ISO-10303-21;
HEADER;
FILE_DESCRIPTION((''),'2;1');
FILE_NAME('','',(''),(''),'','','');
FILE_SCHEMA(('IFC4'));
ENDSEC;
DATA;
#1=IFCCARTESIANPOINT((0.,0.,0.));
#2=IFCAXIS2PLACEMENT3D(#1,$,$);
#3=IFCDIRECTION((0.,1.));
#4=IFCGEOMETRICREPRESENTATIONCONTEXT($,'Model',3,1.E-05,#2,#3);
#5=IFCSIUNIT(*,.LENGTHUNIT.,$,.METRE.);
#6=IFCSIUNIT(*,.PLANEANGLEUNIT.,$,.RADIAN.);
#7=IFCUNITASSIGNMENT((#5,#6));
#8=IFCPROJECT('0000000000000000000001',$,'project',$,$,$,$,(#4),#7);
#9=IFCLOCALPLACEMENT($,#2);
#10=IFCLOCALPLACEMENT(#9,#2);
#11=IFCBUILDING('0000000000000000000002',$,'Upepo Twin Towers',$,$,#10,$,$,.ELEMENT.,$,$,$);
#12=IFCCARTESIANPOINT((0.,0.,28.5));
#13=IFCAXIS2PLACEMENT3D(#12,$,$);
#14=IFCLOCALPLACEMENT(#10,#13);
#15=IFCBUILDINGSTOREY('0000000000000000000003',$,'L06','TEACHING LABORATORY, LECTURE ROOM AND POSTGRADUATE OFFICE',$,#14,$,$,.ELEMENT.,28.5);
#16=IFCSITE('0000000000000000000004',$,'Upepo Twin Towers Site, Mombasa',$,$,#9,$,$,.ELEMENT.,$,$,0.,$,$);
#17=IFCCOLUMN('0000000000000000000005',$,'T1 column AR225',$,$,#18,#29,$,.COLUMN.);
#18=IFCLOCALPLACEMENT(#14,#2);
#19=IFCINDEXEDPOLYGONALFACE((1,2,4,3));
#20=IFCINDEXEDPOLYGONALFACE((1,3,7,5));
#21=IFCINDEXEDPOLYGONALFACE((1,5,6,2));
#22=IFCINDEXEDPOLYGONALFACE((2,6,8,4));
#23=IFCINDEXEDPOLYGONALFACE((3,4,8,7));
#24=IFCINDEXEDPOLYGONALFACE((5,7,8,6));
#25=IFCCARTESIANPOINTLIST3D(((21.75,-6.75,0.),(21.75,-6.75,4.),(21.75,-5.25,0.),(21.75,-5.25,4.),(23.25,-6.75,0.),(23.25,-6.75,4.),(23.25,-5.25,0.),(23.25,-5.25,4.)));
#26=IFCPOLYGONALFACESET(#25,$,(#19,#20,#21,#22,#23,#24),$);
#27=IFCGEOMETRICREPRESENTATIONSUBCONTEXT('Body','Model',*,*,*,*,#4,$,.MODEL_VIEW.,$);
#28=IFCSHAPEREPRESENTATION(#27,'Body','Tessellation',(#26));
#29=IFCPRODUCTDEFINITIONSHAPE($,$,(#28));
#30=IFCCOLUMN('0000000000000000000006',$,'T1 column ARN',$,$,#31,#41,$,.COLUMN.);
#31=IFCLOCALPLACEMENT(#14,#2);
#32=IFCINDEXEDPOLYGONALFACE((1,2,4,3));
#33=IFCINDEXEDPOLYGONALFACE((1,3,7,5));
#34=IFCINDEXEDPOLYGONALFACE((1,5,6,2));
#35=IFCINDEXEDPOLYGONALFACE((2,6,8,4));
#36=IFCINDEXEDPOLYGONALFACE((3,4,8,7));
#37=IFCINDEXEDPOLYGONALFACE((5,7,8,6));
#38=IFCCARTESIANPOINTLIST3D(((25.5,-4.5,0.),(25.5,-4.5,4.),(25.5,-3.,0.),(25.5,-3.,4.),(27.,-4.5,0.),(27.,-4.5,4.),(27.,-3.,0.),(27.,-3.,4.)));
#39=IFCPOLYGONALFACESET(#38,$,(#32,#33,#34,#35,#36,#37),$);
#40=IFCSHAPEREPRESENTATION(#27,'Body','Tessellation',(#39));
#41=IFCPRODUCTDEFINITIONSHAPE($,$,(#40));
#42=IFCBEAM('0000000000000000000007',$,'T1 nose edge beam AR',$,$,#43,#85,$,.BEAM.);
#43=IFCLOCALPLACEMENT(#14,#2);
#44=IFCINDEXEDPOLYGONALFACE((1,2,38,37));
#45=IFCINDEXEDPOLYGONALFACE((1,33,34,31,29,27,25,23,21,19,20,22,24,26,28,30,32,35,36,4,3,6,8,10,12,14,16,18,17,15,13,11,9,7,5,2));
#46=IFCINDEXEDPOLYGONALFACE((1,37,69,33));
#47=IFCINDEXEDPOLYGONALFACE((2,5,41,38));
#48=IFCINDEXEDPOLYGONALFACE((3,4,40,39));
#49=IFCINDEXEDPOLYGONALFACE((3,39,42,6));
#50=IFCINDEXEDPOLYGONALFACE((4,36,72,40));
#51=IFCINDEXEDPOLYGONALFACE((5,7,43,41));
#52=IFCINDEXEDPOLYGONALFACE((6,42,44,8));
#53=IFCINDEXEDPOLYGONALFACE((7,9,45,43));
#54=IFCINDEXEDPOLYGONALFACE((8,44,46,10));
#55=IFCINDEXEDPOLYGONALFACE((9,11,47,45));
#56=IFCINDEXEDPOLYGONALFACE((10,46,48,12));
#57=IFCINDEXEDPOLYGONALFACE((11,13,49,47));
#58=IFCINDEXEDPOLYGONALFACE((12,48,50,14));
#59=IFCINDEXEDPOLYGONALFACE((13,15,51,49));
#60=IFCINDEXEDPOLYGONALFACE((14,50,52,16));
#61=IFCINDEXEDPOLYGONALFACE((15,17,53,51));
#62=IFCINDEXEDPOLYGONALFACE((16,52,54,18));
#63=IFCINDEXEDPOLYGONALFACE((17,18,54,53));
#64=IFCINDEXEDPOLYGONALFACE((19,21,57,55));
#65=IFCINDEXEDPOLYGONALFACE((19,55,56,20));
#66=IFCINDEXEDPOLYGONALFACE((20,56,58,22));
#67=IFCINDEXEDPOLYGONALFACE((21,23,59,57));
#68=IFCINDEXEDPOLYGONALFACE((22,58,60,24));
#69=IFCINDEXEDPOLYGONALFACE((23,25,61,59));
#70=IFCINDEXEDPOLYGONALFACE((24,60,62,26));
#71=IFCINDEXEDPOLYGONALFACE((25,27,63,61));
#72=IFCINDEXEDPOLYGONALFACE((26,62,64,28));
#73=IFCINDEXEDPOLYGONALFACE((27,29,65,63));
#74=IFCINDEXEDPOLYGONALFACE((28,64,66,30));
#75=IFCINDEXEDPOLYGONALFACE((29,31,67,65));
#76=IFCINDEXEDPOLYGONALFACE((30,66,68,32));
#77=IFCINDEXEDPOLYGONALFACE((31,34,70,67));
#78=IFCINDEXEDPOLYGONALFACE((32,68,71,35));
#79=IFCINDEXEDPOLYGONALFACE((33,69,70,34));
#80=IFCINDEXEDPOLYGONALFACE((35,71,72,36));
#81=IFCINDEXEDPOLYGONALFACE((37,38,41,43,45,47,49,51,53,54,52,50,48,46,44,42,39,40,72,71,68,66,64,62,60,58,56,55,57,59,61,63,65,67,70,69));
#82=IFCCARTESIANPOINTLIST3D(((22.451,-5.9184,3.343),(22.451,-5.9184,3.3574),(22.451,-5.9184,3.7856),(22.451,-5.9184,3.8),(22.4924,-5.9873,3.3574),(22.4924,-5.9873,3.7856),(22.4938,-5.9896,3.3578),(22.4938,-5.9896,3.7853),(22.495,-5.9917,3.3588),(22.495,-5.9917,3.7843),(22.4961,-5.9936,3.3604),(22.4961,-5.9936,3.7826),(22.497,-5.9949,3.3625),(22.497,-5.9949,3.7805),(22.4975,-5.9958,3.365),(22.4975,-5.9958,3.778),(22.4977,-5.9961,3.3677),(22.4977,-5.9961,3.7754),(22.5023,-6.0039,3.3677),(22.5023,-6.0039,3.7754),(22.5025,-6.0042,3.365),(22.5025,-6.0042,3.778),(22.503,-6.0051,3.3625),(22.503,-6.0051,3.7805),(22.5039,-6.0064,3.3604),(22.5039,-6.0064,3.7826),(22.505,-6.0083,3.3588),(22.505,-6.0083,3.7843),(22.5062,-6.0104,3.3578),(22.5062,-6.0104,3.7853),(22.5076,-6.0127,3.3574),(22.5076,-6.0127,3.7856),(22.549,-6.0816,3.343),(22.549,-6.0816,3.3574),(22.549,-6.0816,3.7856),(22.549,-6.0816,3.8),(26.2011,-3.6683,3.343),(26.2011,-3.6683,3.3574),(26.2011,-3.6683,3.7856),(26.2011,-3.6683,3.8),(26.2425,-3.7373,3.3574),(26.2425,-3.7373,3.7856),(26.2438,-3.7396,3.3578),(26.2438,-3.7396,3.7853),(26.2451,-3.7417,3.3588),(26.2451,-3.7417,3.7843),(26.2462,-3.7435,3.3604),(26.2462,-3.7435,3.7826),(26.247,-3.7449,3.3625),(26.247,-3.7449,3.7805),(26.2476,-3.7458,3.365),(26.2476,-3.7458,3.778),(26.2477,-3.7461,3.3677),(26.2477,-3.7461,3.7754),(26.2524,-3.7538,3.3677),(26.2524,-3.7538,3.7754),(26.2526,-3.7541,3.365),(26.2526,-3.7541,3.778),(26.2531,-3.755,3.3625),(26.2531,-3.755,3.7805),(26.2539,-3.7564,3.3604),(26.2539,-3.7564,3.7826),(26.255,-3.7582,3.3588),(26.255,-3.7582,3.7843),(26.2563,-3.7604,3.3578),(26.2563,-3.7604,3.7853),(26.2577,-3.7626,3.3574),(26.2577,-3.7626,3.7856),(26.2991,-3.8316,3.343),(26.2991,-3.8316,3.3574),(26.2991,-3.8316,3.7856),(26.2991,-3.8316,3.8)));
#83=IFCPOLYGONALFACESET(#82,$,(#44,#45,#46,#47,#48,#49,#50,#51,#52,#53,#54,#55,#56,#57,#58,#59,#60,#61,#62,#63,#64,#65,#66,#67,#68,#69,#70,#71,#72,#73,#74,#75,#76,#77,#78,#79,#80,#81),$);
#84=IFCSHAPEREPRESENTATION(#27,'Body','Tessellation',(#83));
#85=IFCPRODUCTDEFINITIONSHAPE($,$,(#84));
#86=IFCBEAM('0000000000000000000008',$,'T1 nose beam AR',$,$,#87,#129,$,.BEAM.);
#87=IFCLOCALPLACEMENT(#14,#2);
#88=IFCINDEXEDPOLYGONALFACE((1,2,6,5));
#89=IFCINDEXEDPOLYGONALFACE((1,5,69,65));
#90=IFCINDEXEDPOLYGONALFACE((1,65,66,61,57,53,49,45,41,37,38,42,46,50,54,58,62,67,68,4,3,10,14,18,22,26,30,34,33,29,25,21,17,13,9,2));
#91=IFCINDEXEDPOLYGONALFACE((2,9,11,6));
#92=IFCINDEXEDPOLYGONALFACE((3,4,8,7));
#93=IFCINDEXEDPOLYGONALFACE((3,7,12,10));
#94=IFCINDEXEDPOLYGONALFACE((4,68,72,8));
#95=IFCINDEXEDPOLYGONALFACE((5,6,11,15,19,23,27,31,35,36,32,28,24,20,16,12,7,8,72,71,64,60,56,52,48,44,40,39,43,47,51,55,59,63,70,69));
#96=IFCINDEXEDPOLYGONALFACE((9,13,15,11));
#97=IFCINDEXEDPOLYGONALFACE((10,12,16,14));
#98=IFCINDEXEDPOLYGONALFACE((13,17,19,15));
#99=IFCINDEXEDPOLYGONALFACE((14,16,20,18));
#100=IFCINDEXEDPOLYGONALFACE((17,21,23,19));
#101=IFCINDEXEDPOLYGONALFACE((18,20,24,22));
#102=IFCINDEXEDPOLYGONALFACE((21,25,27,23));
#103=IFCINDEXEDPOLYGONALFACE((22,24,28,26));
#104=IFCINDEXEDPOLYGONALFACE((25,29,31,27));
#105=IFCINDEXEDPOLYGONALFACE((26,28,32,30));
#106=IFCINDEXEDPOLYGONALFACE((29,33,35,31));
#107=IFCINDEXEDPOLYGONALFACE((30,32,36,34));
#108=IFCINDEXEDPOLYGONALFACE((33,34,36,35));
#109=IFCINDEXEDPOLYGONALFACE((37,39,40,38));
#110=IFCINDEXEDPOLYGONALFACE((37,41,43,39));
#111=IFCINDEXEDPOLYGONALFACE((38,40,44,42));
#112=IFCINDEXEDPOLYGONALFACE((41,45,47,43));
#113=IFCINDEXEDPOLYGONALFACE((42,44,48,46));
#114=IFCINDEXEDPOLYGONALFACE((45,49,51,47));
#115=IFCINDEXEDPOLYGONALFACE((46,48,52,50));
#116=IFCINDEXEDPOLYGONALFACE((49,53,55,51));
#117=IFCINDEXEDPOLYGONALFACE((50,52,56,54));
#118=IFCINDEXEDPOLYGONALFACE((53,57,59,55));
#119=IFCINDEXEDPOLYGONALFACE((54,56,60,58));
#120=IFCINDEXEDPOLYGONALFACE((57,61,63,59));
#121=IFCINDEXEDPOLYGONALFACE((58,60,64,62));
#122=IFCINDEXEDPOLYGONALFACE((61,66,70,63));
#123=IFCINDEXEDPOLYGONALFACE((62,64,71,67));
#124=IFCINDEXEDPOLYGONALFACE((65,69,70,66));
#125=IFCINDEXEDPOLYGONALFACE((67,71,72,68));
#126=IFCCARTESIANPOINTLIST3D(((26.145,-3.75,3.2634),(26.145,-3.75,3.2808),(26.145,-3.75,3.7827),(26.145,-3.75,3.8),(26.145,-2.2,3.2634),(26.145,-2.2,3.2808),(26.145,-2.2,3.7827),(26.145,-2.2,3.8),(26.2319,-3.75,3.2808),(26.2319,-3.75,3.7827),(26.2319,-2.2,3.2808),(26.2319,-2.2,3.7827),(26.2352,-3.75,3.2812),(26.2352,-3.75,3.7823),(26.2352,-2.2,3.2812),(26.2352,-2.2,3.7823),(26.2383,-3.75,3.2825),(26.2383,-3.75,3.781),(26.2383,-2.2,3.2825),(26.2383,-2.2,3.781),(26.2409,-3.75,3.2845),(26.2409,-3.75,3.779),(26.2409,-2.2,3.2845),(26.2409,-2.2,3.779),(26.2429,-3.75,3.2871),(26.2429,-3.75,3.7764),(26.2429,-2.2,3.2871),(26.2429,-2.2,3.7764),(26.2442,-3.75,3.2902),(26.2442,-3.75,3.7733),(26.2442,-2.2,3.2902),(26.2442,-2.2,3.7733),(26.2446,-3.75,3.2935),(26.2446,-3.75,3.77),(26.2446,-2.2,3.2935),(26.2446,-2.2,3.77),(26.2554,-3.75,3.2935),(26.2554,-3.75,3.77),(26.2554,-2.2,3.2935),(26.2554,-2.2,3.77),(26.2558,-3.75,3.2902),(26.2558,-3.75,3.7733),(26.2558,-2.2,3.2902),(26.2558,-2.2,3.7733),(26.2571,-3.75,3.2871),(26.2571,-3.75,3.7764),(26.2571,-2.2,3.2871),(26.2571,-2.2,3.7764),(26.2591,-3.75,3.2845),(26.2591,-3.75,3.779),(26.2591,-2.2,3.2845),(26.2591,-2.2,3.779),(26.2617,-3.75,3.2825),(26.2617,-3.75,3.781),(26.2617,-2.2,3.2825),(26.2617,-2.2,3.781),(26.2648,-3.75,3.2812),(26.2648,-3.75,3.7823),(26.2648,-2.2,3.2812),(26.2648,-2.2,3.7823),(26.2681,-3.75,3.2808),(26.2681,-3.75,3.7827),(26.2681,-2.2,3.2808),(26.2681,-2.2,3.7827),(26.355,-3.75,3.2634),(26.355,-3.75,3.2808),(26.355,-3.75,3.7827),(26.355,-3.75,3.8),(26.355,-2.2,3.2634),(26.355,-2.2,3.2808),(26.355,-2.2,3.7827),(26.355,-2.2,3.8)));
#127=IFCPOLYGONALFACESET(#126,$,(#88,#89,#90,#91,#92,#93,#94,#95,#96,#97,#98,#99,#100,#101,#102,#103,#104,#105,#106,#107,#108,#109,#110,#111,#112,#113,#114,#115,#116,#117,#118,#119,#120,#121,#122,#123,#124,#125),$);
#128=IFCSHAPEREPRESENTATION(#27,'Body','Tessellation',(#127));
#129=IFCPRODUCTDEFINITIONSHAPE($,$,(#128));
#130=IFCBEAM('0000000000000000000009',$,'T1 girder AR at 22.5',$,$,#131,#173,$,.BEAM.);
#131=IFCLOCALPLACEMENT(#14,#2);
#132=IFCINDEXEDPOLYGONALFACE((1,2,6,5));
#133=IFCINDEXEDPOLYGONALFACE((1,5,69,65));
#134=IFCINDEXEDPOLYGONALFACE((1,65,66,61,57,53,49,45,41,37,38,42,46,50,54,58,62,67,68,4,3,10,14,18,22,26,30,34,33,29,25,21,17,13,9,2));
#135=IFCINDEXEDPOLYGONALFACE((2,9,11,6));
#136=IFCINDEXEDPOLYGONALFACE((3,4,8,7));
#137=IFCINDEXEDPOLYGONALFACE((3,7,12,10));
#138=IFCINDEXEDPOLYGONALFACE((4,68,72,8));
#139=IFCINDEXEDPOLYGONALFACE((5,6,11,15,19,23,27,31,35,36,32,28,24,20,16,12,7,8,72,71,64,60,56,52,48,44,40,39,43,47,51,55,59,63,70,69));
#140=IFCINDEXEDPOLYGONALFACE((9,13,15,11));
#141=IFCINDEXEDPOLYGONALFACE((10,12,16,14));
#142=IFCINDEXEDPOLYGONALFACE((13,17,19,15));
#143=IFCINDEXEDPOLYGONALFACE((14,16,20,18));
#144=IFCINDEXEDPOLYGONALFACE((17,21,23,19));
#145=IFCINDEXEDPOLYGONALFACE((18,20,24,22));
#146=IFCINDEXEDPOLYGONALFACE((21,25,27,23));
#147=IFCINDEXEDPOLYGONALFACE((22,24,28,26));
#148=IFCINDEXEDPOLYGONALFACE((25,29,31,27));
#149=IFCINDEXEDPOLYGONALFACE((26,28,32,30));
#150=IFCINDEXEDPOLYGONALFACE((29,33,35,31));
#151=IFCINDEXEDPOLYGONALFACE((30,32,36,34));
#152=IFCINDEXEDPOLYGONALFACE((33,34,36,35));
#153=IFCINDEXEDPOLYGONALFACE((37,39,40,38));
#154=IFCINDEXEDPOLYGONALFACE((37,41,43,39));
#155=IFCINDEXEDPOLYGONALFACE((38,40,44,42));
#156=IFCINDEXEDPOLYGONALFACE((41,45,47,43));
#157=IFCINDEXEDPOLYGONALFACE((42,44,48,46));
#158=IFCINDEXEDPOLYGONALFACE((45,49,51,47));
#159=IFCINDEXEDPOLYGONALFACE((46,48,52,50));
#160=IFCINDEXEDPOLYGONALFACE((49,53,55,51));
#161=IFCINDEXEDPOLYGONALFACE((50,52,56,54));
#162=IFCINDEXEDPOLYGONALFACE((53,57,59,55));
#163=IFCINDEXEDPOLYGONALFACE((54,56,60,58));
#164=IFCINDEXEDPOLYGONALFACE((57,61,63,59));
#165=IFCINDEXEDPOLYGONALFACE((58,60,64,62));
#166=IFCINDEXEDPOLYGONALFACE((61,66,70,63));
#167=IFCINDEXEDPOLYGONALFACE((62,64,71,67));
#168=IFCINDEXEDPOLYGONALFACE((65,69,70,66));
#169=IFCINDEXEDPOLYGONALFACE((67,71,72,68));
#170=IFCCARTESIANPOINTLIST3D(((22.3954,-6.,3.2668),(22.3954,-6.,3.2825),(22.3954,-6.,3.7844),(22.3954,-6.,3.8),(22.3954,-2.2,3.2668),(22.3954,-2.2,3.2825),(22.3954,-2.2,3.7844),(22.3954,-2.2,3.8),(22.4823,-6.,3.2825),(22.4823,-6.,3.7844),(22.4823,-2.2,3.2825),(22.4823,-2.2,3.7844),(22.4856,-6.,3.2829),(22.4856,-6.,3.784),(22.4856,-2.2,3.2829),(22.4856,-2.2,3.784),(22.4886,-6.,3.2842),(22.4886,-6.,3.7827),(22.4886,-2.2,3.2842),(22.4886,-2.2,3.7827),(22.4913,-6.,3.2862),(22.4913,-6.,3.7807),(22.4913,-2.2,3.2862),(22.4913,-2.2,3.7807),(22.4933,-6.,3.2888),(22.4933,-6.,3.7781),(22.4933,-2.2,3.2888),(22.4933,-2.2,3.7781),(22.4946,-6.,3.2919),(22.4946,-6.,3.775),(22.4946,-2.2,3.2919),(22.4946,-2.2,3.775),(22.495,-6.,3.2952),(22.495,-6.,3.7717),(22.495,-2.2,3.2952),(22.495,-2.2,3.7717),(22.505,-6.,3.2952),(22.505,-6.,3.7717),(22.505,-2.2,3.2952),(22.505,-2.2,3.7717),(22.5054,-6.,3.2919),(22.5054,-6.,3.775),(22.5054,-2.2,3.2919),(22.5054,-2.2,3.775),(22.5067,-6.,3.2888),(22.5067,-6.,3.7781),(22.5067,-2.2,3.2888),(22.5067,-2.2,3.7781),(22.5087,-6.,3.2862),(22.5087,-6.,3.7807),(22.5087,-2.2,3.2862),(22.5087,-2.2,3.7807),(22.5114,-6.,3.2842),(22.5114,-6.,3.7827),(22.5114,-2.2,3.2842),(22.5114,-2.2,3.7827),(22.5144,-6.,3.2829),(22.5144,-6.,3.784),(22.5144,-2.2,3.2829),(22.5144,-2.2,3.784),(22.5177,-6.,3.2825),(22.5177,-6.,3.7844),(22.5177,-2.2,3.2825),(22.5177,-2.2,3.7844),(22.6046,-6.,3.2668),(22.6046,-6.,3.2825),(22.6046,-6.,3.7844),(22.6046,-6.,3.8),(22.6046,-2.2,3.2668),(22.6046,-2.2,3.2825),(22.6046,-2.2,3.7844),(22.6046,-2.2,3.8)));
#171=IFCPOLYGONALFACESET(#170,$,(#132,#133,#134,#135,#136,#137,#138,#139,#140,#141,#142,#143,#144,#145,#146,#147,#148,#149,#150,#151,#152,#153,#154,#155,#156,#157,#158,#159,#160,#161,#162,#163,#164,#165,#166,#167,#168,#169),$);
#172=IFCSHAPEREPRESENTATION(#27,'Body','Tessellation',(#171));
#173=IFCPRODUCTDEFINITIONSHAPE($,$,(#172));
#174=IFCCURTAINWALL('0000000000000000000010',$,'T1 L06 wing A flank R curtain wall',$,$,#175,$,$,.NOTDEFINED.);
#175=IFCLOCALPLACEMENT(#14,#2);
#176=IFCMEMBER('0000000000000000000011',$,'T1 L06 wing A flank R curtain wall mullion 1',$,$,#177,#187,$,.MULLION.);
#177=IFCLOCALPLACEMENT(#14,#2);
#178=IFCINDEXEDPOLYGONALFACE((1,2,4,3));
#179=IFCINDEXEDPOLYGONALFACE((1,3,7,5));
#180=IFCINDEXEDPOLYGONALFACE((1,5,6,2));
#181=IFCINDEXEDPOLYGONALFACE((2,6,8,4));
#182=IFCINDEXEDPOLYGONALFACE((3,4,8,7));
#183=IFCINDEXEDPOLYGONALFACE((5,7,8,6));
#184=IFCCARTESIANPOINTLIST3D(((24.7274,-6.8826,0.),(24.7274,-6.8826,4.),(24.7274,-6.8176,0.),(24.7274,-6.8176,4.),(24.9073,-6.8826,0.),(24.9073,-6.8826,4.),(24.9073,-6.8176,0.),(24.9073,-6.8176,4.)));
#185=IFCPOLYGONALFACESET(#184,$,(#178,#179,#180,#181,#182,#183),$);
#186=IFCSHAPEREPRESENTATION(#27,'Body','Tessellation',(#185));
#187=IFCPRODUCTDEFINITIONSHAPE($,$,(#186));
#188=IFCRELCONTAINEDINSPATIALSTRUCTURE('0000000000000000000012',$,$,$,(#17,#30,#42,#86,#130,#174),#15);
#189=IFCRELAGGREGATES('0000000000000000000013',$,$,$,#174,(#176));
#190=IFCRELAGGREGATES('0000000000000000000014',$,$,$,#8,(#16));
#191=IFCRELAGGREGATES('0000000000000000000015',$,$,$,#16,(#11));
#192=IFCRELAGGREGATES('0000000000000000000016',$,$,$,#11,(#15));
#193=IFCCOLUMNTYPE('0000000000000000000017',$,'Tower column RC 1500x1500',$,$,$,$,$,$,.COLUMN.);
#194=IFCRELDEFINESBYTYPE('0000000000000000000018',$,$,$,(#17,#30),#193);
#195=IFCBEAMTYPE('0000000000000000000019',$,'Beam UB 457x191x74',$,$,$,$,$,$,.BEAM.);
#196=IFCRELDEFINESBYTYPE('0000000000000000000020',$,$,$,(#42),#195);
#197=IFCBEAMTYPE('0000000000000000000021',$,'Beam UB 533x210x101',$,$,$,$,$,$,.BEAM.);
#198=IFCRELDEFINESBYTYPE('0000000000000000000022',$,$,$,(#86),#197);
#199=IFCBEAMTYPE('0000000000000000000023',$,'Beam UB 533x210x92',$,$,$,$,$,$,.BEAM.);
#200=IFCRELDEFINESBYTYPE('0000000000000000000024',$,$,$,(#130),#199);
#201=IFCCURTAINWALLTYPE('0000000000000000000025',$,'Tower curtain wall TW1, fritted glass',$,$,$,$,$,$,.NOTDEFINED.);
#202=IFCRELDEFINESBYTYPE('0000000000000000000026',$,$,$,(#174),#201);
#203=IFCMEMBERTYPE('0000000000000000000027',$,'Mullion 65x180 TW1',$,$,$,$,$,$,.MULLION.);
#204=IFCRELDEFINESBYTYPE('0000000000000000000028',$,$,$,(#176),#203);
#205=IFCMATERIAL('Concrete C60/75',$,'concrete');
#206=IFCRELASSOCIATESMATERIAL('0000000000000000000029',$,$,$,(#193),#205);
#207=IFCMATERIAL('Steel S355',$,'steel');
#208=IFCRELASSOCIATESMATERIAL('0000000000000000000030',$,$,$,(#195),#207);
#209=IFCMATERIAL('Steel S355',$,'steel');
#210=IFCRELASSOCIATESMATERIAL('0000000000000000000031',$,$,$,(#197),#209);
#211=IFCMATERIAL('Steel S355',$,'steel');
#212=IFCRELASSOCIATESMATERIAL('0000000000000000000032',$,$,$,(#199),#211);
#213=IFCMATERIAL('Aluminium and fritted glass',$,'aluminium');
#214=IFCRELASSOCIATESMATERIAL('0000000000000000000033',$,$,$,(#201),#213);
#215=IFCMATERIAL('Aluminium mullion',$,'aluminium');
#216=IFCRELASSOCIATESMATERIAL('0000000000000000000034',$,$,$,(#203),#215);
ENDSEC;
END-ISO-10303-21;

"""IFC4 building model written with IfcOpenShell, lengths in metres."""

from ifc_helpers import new_model, si_unit, direction, frame, origin, origin_2d, place, context, subcontext, project, spatial, rectangle, i_section, extrude, material, material_profile, profile_set, type_object, element, aggregate, save


model = new_model("IFC4")

# Units and contexts
model_context = context("Model", 3, precision=1e-05, world=origin(), true_north=direction((0.0, 1.0)))
body_context = subcontext(model_context, "Body", "Model", "MODEL_VIEW")
ifc_project = project(units=[si_unit("LENGTHUNIT", "METRE"), si_unit("PLANEANGLEUNIT", "RADIAN")], contexts=[model_context])

# Site, building, storey
site_placement = place(None, origin())
site = spatial("IfcSite", under=ifc_project, at=site_placement, Name="Upepo Twin Towers Site, Mombasa", CompositionType="ELEMENT", RefElevation=0.0)
building_placement = place(site_placement, origin())
building = spatial("IfcBuilding", under=site, at=building_placement, Name="Upepo Twin Towers", CompositionType="ELEMENT")
storey_placement = place(building_placement, frame((0.0, 0.0, 28.5)))
storey = spatial("IfcBuildingStorey", under=building, at=storey_placement, Name="L06", Description="TEACHING LABORATORY, LECTURE ROOM AND POSTGRADUATE OFFICE", CompositionType="ELEMENT", Elevation=28.5)

# Columns
ifc_material_1 = material(Name="Concrete C60/75", Category="concrete")
ifc_material_profile_1 = material_profile(ifc_material_1, rectangle(XDim=1.5, YDim=1.5, at=origin_2d()), Name="RC 1500x1500")
ifc_profile_set_1 = profile_set([ifc_material_profile_1], Name="Concrete C60/75")
column_type = type_object("IfcColumnType", Name="Tower column RC 1500x1500", PredefinedType="COLUMN", material=ifc_profile_set_1)
for number, where, z_axis, x_axis, name in (
    (1, (22.5, -6.0, 0.0), (0.0, 0.0, 1.0), (1.0, 0.0, 0.0), "T1 column AR225"),
    (2, (26.25, -3.75, 0.0), (0.0, 0.0, 1.0), (1.0, 0.0, 0.0), "T1 column ARN"),
):
    element("IfcColumn", number, at=place(storey_placement, frame(where, z_axis=z_axis, x_axis=x_axis)), inside=storey, type_object=column_type, Name=name, PredefinedType="COLUMN", context=body_context, shape_type="SweptSolid", body=[
        extrude(rectangle(XDim=1.5, YDim=1.5, at=origin_2d()), origin(), (0.0, 0.0, 1.0), 4.0),
    ])

# Beams
ifc_material_2 = material(Name="Steel S355", Category="steel")
ifc_material_profile_2 = material_profile(ifc_material_2, i_section(OverallWidth=0.1904, OverallDepth=0.457, WebThickness=0.009, FlangeThickness=0.0144, FilletRadius=0.0103, at=origin_2d()), Name="UB 457x191x74")
ifc_profile_set_2 = profile_set([ifc_material_profile_2], Name="Steel S355")
beam_type_1 = type_object("IfcBeamType", Name="Beam UB 457x191x74", PredefinedType="BEAM", material=ifc_profile_set_2)
beam_1_placement = place(storey_placement, frame((22.5, -6.0, 3.5715), z_axis=(0.857493, 0.514496, 0.0), x_axis=(-0.514496, 0.857493, 0.0)))
element("IfcBeam", 3, at=beam_1_placement, inside=storey, type_object=beam_type_1, Name="T1 nose edge beam AR", PredefinedType="BEAM", context=body_context, shape_type="SweptSolid", body=[
    extrude(i_section(OverallWidth=0.1904, OverallDepth=0.457, WebThickness=0.009, FlangeThickness=0.0144, FilletRadius=0.0103, at=origin_2d()), origin(), (0.0, 0.0, 1.0), 4.3733),
])
ifc_material_3 = material(Name="Steel S355", Category="steel")
ifc_material_profile_3 = material_profile(ifc_material_3, i_section(OverallWidth=0.21, OverallDepth=0.5366, WebThickness=0.0107, FlangeThickness=0.0173, FilletRadius=0.0127, at=origin_2d()), Name="UB 533x210x101")
ifc_profile_set_3 = profile_set([ifc_material_profile_3], Name="Steel S355")
beam_type_2 = type_object("IfcBeamType", Name="Beam UB 533x210x101", PredefinedType="BEAM", material=ifc_profile_set_3)
beam_2_placement = place(storey_placement, frame((26.25, -3.75, 3.5317), z_axis=(0.0, 1.0, 0.0), x_axis=(-1.0, 0.0, 0.0)))
element("IfcBeam", 4, at=beam_2_placement, inside=storey, type_object=beam_type_2, Name="T1 nose beam AR", PredefinedType="BEAM", context=body_context, shape_type="SweptSolid", body=[
    extrude(i_section(OverallWidth=0.21, OverallDepth=0.5366, WebThickness=0.0107, FlangeThickness=0.0173, FilletRadius=0.0127, at=origin_2d()), origin(), (0.0, 0.0, 1.0), 1.55),
])
ifc_material_4 = material(Name="Steel S355", Category="steel")
ifc_material_profile_4 = material_profile(ifc_material_4, i_section(OverallWidth=0.2092, OverallDepth=0.5332, WebThickness=0.01, FlangeThickness=0.0156, FilletRadius=0.0127, at=origin_2d()), Name="UB 533x210x92")
ifc_profile_set_4 = profile_set([ifc_material_profile_4], Name="Steel S355")
beam_type_3 = type_object("IfcBeamType", Name="Beam UB 533x210x92", PredefinedType="BEAM", material=ifc_profile_set_4)
beam_3_placement = place(storey_placement, frame((22.5, -6.0, 3.5334), z_axis=(0.0, 1.0, 0.0), x_axis=(-1.0, 0.0, 0.0)))
element("IfcBeam", 5, at=beam_3_placement, inside=storey, type_object=beam_type_3, Name="T1 girder AR at 22.5", PredefinedType="BEAM", context=body_context, shape_type="SweptSolid", body=[
    extrude(i_section(OverallWidth=0.2092, OverallDepth=0.5332, WebThickness=0.01, FlangeThickness=0.0156, FilletRadius=0.0127, at=origin_2d()), origin(), (0.0, 0.0, 1.0), 3.8),
])

# Curtain wall, member
ifc_material_5 = material(Name="Aluminium and fritted glass", Category="aluminium")
curtain_wall_type = type_object("IfcCurtainWallType", Name="Tower curtain wall TW1, fritted glass", PredefinedType="NOTDEFINED", material=ifc_material_5)
curtain_wall_1_placement = place(storey_placement, origin())
curtain_wall_1 = element("IfcCurtainWall", 6, at=curtain_wall_1_placement, inside=storey, type_object=curtain_wall_type, Name="T1 L06 wing A flank R curtain wall", PredefinedType="NOTDEFINED")
ifc_material_6 = material(Name="Aluminium mullion", Category="aluminium")
ifc_material_profile_5 = material_profile(ifc_material_6, rectangle(XDim=0.0649, YDim=0.1799, at=origin_2d()), Name="MULLION 65x180")
ifc_profile_set_5 = profile_set([ifc_material_profile_5], Name="Aluminium mullion")
member_type_1 = type_object("IfcMemberType", Name="Mullion 65x180 TW1", PredefinedType="MULLION", material=ifc_profile_set_5)
member_1_placement = place(storey_placement, frame((24.8174, -6.8501, 0.0), z_axis=(0.0, 0.0, 1.0), x_axis=(0.0, -1.0, 0.0)))
member_1 = element("IfcMember", 7, at=member_1_placement, type_object=member_type_1, Name="T1 L06 wing A flank R curtain wall mullion 1", PredefinedType="MULLION", context=body_context, shape_type="SweptSolid", body=[
    extrude(rectangle(XDim=0.0649, YDim=0.1799, at=origin_2d()), origin(), (0.0, 0.0, 1.0), 4.0),
])

aggregate(curtain_wall_1, [member_1])

save(model, "model.ifc")
